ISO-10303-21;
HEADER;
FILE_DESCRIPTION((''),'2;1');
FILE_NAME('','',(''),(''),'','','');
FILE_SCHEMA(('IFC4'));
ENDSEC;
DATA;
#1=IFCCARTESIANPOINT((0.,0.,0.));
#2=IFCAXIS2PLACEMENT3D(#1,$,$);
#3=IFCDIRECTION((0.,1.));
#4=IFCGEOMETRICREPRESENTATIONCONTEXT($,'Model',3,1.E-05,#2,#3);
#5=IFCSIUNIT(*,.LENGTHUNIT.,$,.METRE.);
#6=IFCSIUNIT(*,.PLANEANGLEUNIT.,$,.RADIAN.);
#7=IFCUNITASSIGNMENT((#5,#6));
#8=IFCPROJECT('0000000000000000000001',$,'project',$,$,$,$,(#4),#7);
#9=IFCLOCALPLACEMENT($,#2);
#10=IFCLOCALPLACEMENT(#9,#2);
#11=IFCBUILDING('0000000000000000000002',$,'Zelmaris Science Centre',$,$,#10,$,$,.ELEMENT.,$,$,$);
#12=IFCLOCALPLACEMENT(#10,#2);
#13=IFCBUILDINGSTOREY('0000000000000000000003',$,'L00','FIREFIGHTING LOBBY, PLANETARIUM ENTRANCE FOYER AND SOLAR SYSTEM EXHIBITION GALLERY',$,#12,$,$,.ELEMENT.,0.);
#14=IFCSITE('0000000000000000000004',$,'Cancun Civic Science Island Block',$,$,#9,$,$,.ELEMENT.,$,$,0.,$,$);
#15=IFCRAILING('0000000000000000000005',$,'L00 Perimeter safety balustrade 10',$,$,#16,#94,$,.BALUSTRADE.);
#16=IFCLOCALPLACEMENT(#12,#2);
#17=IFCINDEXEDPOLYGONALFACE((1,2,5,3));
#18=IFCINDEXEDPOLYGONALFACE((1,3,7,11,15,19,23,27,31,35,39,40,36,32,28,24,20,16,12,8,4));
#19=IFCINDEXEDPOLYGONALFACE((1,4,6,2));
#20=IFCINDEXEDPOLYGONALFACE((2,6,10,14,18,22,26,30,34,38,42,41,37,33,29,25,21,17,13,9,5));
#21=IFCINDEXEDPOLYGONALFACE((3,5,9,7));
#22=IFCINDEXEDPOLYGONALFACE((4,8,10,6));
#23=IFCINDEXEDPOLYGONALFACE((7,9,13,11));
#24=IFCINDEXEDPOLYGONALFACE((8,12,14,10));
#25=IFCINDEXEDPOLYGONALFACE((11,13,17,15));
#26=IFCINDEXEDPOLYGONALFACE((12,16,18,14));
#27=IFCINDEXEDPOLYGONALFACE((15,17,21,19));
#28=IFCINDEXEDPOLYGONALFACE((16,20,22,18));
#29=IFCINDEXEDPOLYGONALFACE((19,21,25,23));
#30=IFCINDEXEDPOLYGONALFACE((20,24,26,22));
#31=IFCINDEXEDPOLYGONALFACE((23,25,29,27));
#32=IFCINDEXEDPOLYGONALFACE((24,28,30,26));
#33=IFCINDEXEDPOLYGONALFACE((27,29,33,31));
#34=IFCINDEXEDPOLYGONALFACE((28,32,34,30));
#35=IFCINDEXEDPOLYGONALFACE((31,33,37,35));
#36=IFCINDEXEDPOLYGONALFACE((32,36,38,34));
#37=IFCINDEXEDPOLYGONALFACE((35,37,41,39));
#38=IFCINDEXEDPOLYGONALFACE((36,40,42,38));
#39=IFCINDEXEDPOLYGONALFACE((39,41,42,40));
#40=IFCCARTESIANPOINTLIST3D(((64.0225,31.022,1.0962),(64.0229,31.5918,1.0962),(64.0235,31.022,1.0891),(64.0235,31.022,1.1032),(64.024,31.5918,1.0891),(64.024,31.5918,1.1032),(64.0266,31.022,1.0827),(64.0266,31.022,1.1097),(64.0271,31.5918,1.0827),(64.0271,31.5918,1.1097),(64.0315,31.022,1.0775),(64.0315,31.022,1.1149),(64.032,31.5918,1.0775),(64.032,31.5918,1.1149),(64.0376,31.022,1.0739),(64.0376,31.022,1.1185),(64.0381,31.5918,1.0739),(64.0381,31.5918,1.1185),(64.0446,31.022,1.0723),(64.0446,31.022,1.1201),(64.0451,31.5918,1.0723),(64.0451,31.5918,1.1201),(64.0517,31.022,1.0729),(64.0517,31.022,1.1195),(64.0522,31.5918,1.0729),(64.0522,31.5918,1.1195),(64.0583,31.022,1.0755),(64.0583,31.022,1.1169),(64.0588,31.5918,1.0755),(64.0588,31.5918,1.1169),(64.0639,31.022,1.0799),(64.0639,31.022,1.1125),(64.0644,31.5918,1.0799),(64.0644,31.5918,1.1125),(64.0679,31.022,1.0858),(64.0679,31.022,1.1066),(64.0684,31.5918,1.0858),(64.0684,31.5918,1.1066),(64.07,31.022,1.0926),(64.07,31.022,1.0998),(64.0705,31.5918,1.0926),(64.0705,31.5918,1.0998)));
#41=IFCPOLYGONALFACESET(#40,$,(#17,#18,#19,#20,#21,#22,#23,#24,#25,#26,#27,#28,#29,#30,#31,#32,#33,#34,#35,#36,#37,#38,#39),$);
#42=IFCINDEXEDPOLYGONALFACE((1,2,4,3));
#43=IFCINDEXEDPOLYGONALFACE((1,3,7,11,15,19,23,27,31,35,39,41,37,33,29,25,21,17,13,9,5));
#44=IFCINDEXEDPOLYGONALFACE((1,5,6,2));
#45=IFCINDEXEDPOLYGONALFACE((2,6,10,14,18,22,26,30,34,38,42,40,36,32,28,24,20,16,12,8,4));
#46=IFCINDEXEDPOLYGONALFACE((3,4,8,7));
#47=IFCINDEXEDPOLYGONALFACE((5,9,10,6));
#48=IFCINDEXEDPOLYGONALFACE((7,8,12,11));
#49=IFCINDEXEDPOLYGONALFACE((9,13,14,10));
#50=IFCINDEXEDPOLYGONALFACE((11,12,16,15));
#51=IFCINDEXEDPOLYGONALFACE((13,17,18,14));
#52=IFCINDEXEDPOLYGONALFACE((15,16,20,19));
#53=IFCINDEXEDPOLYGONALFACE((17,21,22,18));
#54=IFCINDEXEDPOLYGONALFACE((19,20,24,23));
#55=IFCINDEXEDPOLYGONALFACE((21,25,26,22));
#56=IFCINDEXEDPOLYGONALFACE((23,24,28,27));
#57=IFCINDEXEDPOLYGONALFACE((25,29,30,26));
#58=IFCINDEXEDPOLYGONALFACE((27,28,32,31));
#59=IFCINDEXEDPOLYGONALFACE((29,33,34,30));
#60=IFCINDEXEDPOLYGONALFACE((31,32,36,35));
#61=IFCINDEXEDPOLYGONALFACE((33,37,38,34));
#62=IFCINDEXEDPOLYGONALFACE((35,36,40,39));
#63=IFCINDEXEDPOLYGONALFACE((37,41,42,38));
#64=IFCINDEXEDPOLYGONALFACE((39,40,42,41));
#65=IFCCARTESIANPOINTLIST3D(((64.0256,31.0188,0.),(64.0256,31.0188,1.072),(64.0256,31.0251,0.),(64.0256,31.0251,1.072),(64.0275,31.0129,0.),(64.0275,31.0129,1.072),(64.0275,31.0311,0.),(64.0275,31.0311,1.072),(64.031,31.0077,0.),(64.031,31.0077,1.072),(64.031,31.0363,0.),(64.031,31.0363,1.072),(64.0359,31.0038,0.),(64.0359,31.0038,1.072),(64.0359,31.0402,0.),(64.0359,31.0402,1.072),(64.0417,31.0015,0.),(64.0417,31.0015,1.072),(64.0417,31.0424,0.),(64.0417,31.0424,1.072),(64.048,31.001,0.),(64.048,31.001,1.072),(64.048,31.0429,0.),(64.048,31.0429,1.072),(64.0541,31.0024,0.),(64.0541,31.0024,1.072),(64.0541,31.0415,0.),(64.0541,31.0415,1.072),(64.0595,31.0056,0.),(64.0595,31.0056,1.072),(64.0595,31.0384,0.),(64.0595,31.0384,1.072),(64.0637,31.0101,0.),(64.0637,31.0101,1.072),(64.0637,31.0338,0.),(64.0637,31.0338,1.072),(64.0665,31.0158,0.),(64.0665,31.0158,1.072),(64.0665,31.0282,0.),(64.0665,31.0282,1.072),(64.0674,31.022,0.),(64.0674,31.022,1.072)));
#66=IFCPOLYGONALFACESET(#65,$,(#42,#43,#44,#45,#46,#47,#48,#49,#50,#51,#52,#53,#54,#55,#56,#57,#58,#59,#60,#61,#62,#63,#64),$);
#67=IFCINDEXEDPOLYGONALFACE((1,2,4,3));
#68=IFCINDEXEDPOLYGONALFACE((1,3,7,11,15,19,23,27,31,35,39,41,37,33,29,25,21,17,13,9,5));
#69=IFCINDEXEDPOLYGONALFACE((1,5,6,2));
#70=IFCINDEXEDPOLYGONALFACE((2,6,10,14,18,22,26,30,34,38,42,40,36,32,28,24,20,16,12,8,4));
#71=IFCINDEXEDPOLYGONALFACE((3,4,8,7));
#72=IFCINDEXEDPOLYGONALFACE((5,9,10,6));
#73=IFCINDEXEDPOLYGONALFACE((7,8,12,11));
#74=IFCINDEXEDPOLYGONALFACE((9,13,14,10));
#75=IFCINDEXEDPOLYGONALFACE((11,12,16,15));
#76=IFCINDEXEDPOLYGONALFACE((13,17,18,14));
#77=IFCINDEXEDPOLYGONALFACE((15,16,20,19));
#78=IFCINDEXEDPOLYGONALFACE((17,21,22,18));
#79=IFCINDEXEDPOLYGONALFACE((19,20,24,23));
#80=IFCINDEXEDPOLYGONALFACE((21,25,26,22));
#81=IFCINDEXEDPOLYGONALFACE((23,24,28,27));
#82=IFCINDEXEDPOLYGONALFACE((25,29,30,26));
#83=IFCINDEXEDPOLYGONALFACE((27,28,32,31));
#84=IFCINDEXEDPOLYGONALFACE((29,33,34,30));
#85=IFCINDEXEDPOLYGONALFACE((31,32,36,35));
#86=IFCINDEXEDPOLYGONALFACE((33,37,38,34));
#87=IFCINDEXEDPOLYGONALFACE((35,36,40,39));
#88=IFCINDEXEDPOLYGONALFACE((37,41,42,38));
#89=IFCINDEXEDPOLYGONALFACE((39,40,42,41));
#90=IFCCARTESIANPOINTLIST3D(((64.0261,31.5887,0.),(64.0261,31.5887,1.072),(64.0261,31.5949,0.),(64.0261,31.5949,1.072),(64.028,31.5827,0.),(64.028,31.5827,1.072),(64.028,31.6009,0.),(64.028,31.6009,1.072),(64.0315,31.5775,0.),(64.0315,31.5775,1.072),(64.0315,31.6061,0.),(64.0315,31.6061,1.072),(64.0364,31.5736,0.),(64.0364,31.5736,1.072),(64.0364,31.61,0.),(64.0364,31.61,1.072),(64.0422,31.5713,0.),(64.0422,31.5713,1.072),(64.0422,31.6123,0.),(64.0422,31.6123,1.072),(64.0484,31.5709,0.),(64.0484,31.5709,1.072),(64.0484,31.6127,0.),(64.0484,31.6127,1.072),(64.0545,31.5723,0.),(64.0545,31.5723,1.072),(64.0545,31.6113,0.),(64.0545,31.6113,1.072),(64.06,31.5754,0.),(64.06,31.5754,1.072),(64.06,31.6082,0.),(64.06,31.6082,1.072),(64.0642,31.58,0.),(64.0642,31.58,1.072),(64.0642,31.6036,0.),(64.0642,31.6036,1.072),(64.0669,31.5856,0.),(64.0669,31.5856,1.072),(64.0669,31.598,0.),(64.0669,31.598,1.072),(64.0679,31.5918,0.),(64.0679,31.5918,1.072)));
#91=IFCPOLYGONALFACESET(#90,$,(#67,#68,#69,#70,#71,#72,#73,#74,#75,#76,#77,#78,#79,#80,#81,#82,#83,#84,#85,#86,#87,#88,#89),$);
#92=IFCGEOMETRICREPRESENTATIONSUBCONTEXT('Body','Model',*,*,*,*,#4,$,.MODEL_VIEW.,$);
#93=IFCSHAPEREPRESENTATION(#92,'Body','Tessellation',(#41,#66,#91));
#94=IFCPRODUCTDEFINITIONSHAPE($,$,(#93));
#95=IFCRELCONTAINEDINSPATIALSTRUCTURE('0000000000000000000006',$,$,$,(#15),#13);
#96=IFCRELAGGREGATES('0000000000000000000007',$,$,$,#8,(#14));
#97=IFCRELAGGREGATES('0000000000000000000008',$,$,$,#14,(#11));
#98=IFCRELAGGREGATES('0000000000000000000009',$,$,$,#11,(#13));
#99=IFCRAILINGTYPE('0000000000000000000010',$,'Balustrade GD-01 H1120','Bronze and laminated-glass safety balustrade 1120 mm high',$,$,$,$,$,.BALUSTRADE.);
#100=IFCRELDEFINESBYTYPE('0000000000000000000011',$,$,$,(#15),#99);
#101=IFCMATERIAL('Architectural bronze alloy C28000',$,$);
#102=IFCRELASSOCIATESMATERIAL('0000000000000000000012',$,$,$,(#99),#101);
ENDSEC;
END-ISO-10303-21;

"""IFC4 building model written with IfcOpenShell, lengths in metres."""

from ifc_helpers import new_model, si_unit, direction, frame, origin, origin_2d, place, context, subcontext, project, spatial, circle, extrude, material, type_object, element, save


model = new_model("IFC4")

# Units and contexts
model_context = context("Model", 3, precision=1e-05, world=origin(), true_north=direction((0.0, 1.0)))
body_context = subcontext(model_context, "Body", "Model", "MODEL_VIEW")
ifc_project = project(units=[si_unit("LENGTHUNIT", "METRE"), si_unit("PLANEANGLEUNIT", "RADIAN")], contexts=[model_context])

# Site, building, storey
site_placement = place(None, origin())
site = spatial("IfcSite", under=ifc_project, at=site_placement, Name="Cancun Civic Science Island Block", CompositionType="ELEMENT", RefElevation=0.0)
building_placement = place(site_placement, origin())
building = spatial("IfcBuilding", under=site, at=building_placement, Name="Zelmaris Science Centre", CompositionType="ELEMENT")
storey_placement = place(building_placement, origin())
storey = spatial("IfcBuildingStorey", under=building, at=storey_placement, Name="L00", Description="FIREFIGHTING LOBBY, PLANETARIUM ENTRANCE FOYER AND SOLAR SYSTEM EXHIBITION GALLERY", CompositionType="ELEMENT", Elevation=0.0)

# Railing
ifc_material_1 = material(Name="Architectural bronze alloy C28000")
railing_type = type_object("IfcRailingType", Name="Balustrade GD-01 H1120", Description="Bronze and laminated-glass safety balustrade 1120 mm high", PredefinedType="BALUSTRADE", material=ifc_material_1)
railing_1_placement = place(storey_placement, frame((64.0464, 31.022, 0.0)))
element("IfcRailing", 1, at=railing_1_placement, inside=storey, type_object=railing_type, Name="L00 Perimeter safety balustrade 10", PredefinedType="BALUSTRADE", context=body_context, shape_type="SweptSolid", body=[
    extrude(circle(Radius=0.0239, at=origin_2d()), frame((0.0, 0.0, 1.0962), z_axis=(0.000857, 1.0, 0.0), x_axis=(-1.0, 0.000857, 0.0)), (0.0, 0.0, 1.0), 0.5698),
    extrude(circle(Radius=0.021, at=origin_2d()), origin(), (0.0, 0.0, 1.0), 1.072),
    extrude(circle(Radius=0.021, at=origin_2d()), frame((0.0005, 0.5698, 0.0)), (0.0, 0.0, 1.0), 1.072),
])

save(model, "model.ifc")
